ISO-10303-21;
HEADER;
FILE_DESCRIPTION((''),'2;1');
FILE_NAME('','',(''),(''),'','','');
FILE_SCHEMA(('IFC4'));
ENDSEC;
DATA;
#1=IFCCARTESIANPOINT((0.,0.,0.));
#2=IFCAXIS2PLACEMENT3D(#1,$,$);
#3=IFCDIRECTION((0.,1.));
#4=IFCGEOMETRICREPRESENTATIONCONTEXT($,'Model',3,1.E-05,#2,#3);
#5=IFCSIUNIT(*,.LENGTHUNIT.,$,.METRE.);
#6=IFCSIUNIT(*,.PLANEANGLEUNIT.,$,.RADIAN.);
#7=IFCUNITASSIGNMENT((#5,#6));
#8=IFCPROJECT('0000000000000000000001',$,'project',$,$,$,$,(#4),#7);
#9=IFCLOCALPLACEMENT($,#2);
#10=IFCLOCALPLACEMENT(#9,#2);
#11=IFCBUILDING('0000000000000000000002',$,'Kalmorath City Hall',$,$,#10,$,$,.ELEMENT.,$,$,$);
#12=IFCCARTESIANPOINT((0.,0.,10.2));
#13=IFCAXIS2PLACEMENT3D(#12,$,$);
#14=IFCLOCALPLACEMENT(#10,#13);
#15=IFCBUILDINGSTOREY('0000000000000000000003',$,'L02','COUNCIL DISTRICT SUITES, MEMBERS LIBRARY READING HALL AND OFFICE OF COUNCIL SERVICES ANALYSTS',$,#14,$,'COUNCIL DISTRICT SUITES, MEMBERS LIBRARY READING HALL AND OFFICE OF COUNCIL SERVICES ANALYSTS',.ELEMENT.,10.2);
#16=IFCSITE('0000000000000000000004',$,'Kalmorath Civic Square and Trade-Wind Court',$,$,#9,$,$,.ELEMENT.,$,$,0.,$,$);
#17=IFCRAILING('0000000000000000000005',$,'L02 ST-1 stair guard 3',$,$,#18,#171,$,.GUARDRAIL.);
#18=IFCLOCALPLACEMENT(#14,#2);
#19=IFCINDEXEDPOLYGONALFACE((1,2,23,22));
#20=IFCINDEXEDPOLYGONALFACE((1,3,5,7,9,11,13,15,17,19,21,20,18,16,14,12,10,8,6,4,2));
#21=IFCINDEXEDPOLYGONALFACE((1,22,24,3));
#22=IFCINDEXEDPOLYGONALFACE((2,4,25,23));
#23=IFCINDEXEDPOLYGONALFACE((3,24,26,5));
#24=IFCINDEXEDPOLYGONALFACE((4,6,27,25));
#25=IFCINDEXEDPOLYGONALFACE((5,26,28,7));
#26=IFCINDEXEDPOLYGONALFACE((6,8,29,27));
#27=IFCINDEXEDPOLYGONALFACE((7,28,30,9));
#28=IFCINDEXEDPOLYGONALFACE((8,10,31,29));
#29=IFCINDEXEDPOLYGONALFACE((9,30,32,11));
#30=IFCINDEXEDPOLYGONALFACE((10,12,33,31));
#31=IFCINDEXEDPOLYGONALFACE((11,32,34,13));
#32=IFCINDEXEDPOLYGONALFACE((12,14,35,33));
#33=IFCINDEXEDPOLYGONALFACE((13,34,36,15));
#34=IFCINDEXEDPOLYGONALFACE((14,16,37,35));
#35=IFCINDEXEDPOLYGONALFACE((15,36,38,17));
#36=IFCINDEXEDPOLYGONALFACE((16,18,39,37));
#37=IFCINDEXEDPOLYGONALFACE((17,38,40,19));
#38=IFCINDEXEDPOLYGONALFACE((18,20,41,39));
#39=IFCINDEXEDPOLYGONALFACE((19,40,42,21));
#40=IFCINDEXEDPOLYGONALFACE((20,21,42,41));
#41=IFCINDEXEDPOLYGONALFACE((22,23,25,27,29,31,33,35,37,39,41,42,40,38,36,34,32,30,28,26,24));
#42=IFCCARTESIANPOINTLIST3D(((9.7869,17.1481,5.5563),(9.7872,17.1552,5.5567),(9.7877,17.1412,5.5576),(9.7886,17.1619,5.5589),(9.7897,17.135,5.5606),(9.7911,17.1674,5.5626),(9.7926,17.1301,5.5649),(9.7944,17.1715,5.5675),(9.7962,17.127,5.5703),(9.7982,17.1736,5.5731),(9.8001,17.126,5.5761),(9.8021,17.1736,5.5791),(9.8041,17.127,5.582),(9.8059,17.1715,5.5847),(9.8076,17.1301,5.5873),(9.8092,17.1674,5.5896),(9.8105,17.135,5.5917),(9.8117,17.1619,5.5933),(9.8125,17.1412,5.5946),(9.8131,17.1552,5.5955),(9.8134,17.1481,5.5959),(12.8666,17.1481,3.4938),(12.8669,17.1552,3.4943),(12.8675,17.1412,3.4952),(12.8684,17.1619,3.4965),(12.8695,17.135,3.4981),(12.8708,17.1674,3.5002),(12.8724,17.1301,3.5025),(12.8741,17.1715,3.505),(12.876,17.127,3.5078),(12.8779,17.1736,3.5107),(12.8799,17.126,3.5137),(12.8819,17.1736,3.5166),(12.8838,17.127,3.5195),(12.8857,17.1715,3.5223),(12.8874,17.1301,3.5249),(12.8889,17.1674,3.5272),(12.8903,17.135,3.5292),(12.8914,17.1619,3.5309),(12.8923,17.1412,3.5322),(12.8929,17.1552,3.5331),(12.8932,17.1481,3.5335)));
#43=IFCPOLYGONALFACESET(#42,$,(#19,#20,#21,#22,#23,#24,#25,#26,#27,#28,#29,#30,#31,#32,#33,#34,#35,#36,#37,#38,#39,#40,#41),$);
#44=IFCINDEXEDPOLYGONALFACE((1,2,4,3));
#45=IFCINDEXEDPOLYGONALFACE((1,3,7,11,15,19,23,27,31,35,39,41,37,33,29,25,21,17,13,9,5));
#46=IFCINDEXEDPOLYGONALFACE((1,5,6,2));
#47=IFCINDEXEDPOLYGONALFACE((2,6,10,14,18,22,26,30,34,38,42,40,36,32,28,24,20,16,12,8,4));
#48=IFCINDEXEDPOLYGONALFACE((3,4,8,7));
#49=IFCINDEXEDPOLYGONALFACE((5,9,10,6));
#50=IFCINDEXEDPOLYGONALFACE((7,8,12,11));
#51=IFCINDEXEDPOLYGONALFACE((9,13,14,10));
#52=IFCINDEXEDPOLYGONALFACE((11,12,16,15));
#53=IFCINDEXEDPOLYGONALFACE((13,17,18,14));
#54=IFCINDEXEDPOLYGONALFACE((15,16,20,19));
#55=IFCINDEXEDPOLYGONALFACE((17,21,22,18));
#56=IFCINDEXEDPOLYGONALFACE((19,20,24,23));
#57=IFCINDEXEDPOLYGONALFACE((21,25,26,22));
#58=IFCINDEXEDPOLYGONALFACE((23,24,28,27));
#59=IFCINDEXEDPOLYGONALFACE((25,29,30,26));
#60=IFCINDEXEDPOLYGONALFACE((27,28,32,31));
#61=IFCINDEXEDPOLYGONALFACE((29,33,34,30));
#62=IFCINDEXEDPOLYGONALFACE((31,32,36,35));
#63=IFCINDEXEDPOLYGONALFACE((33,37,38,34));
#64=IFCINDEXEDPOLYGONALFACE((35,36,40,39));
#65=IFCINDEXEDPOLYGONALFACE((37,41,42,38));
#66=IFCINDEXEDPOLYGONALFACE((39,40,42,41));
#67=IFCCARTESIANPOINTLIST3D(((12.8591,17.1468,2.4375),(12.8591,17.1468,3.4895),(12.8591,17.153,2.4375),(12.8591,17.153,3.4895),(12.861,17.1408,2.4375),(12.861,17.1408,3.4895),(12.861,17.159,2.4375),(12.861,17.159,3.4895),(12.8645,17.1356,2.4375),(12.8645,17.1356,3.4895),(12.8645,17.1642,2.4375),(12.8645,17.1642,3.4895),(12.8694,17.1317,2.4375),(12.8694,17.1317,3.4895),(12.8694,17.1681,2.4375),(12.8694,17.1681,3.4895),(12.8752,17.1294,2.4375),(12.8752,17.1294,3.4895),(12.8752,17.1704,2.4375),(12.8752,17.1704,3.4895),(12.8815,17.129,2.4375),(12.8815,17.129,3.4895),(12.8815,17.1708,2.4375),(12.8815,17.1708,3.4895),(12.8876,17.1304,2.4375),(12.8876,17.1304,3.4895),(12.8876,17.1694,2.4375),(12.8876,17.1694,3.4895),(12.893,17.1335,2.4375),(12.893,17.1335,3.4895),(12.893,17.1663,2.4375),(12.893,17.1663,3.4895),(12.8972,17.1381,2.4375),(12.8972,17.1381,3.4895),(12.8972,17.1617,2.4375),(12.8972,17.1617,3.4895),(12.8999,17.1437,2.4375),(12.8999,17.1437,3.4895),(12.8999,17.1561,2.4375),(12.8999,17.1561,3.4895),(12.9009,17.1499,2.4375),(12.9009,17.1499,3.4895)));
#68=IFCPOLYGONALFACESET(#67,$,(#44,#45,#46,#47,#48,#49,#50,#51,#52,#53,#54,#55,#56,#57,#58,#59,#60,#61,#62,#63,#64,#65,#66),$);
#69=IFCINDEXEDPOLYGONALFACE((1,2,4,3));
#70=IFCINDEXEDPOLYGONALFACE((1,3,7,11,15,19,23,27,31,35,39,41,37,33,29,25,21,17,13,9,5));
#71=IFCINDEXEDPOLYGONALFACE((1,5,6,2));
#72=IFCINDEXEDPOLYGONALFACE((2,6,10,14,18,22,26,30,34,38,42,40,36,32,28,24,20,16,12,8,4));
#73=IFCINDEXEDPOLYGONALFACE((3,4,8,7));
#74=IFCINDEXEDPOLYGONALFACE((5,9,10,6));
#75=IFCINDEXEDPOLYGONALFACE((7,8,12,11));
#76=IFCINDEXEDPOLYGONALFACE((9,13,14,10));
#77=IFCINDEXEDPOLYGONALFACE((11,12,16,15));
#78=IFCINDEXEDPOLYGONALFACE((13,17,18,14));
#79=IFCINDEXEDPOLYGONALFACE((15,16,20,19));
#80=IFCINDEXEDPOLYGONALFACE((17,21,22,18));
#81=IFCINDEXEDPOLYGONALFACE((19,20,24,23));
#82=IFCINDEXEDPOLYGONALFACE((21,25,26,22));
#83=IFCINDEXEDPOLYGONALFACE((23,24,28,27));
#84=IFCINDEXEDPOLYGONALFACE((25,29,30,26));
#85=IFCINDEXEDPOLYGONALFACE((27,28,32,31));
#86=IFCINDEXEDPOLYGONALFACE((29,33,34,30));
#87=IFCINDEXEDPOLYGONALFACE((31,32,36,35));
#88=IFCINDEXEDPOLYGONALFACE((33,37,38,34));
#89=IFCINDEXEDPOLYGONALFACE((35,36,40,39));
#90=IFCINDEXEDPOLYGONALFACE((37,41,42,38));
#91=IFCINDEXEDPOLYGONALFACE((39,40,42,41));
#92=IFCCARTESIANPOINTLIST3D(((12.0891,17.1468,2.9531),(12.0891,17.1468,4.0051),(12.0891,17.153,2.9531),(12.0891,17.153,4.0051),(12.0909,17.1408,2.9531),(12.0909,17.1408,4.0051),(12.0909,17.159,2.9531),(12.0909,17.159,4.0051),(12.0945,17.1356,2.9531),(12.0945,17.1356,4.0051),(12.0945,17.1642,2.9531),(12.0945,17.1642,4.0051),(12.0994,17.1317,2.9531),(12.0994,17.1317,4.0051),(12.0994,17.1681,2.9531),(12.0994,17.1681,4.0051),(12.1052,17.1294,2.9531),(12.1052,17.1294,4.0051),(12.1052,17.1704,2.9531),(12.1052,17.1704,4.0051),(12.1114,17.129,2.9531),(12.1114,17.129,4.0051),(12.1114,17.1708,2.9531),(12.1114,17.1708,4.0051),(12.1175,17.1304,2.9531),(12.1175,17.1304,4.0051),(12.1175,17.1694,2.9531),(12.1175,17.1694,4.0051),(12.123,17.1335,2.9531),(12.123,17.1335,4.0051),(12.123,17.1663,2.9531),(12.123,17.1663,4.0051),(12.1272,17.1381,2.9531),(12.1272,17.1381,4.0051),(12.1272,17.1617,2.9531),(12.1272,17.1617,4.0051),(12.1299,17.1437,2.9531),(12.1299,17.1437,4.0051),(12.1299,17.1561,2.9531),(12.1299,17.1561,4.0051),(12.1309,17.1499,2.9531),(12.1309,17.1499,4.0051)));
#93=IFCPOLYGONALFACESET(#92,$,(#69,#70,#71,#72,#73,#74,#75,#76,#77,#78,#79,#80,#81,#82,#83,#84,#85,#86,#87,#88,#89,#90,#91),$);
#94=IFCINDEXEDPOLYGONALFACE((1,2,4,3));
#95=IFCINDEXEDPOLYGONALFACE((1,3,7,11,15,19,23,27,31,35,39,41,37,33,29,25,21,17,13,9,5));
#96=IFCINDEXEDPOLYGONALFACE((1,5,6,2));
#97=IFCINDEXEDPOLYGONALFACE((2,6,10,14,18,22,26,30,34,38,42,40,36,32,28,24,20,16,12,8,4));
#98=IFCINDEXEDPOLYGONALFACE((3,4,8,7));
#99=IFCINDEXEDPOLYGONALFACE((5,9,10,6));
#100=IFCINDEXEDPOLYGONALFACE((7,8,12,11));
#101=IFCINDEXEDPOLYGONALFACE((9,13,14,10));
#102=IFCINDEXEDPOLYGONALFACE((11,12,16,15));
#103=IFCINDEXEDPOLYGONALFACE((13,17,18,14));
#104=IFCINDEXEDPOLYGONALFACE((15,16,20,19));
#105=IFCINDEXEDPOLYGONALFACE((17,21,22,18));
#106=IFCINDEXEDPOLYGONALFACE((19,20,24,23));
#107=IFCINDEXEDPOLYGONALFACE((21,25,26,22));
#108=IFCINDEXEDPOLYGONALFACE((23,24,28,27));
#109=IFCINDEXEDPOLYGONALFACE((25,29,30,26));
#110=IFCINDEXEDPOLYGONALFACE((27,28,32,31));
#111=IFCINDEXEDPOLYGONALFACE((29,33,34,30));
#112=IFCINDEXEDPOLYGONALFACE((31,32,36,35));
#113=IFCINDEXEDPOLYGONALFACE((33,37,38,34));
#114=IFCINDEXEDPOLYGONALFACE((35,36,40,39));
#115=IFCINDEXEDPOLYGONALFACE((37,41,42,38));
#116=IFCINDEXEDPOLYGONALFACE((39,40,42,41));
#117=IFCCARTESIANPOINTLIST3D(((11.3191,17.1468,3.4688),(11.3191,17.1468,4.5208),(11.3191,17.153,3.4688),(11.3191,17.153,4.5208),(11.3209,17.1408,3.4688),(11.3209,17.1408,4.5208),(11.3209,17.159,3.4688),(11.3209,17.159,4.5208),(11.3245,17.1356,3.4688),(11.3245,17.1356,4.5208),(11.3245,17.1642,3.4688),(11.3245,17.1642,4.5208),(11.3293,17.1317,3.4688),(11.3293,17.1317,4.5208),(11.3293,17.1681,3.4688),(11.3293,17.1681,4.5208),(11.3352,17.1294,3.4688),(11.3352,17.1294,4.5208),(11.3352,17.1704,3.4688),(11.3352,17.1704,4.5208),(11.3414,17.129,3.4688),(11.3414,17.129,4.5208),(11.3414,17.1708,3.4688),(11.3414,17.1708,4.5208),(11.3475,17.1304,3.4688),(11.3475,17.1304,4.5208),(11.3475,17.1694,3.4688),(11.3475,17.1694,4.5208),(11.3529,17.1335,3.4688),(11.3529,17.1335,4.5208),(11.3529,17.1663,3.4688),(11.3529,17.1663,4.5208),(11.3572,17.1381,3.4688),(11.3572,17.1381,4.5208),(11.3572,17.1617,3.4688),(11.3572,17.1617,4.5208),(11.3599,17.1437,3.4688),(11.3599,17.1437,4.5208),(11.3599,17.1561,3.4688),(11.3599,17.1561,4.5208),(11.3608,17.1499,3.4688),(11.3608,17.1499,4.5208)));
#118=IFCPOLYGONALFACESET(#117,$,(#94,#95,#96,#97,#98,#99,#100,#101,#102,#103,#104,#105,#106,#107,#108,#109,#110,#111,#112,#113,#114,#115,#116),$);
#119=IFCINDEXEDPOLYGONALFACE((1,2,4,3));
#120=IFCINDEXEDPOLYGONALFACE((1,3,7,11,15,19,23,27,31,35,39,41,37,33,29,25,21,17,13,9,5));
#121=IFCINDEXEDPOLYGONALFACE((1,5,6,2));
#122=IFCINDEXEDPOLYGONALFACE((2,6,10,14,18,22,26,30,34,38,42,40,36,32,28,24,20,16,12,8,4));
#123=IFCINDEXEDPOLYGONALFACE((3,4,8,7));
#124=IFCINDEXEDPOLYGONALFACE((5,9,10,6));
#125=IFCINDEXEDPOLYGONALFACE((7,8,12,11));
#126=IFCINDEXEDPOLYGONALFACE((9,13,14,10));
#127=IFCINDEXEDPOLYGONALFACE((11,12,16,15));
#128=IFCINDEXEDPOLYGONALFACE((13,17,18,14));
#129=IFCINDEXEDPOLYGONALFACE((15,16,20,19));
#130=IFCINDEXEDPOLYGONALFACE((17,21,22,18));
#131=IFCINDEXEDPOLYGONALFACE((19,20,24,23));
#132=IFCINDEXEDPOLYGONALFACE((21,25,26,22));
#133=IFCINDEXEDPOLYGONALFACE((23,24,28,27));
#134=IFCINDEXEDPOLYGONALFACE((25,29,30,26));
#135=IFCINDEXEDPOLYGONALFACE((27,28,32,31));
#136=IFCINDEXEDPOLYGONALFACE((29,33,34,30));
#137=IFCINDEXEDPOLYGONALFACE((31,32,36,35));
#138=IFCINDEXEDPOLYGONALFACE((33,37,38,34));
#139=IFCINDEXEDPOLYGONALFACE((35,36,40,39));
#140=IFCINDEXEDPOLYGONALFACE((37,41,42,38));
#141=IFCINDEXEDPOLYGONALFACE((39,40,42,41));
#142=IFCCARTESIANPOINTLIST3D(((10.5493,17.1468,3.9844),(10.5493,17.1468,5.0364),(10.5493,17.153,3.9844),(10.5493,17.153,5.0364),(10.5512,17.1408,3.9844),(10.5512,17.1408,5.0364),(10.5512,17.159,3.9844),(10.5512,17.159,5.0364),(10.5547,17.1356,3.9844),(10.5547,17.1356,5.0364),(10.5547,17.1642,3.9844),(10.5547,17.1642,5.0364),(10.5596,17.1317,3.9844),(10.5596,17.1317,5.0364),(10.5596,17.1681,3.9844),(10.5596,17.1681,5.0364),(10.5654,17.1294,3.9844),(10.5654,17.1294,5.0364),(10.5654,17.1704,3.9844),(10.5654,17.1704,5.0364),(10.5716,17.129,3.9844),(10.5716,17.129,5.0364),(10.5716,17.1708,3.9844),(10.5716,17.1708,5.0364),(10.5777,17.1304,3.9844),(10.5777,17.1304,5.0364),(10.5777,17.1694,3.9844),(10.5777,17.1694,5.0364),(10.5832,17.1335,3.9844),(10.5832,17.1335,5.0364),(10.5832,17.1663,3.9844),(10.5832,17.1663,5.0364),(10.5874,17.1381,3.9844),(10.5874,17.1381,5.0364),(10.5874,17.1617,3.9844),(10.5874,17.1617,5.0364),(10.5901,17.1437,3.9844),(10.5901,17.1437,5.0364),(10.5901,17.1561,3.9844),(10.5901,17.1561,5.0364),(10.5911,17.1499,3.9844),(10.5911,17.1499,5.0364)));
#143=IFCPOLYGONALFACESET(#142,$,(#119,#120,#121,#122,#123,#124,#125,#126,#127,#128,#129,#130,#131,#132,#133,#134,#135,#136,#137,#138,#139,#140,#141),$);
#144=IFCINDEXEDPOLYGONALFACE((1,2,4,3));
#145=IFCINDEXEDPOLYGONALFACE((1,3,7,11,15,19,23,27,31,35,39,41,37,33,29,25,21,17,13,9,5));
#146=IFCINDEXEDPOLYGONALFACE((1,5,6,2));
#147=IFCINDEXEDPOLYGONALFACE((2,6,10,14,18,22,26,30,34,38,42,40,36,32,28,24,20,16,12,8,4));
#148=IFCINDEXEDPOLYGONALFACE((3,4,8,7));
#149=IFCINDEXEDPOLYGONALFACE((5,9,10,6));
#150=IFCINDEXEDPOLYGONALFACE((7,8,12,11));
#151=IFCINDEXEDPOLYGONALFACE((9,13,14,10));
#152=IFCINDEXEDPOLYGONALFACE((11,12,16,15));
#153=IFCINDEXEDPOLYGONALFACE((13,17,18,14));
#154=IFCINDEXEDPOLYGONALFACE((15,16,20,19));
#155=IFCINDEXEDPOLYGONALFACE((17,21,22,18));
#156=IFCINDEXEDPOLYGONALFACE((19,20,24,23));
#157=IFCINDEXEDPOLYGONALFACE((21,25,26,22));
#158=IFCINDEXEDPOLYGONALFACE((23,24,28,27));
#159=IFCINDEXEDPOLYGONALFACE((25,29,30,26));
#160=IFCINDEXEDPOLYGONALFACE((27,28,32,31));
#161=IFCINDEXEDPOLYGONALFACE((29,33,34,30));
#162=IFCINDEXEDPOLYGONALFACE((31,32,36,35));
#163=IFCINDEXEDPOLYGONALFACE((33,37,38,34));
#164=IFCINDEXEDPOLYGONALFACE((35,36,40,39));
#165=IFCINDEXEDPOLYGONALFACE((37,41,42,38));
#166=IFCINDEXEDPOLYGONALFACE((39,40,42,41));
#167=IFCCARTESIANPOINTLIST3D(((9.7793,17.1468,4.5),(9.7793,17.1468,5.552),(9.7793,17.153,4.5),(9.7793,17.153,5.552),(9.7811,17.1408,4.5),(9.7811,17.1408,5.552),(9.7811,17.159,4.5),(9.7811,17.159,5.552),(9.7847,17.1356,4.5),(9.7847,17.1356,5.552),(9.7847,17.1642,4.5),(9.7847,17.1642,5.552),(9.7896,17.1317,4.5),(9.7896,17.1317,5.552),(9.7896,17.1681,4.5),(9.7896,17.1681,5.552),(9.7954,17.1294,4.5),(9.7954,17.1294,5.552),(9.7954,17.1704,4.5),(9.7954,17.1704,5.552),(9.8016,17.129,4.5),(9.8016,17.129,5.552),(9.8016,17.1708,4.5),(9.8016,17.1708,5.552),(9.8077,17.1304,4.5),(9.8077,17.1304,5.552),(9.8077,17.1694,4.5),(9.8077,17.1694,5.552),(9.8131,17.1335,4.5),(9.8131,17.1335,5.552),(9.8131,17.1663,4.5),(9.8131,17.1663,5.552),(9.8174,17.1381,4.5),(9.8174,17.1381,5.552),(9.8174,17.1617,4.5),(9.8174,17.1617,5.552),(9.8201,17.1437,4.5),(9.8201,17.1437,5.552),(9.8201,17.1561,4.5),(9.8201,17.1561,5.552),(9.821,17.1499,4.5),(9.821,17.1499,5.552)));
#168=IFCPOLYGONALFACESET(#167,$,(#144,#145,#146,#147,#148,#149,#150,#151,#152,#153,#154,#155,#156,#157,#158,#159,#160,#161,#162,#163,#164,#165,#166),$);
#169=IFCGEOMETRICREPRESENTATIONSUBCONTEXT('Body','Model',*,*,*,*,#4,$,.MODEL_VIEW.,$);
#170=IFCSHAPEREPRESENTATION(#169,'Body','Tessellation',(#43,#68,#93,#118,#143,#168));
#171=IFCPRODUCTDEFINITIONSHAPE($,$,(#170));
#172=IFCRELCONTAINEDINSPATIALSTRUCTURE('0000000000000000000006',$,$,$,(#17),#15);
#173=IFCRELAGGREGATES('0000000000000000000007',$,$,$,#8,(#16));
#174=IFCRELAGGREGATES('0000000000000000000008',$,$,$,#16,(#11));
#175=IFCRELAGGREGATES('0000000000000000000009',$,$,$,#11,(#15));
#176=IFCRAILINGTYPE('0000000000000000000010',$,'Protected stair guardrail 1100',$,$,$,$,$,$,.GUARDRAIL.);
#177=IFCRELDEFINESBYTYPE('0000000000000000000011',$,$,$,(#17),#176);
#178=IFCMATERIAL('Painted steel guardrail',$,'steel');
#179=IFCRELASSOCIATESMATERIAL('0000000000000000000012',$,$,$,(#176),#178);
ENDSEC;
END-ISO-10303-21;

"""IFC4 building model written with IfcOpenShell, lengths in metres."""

from ifc_helpers import new_model, si_unit, direction, frame, origin, origin_2d, place, context, subcontext, project, spatial, circle, extrude, material, type_object, element, save


model = new_model("IFC4")

# Units and contexts
model_context = context("Model", 3, precision=1e-05, world=origin(), true_north=direction((0.0, 1.0)))
body_context = subcontext(model_context, "Body", "Model", "MODEL_VIEW")
ifc_project = project(units=[si_unit("LENGTHUNIT", "METRE"), si_unit("PLANEANGLEUNIT", "RADIAN")], contexts=[model_context])

# Site, building, storey
site_placement = place(None, origin())
site = spatial("IfcSite", under=ifc_project, at=site_placement, Name="Kalmorath Civic Square and Trade-Wind Court", CompositionType="ELEMENT", RefElevation=0.0)
building_placement = place(site_placement, origin())
building = spatial("IfcBuilding", under=site, at=building_placement, Name="Kalmorath City Hall", CompositionType="ELEMENT")
storey_placement = place(building_placement, frame((0.0, 0.0, 10.2)))
storey = spatial("IfcBuildingStorey", under=building, at=storey_placement, Name="L02", Description="COUNCIL DISTRICT SUITES, MEMBERS LIBRARY READING HALL AND OFFICE OF COUNCIL SERVICES ANALYSTS", LongName="COUNCIL DISTRICT SUITES, MEMBERS LIBRARY READING HALL AND OFFICE OF COUNCIL SERVICES ANALYSTS", CompositionType="ELEMENT", Elevation=10.2)

# Railing
ifc_material_1 = material(Name="Painted steel guardrail", Category="steel")
railing_type_1 = type_object("IfcRailingType", Name="Protected stair guardrail 1100", PredefinedType="GUARDRAIL", material=ifc_material_1)
railing_1_placement = place(storey_placement, frame((12.8799, 17.1499, 2.4375)))
element("IfcRailing", 1, at=railing_1_placement, inside=storey, type_object=railing_type_1, Name="L02 ST-1 stair guard 3", PredefinedType="GUARDRAIL", context=body_context, shape_type="SweptSolid", body=[
    extrude(circle(Radius=0.0239, at=origin_2d()), frame((0.0, 0.0, 1.0762), z_axis=(-0.830893, 0.0, 0.556432), x_axis=(0.0, -1.0, 0.0)), (0.0, 0.0, 1.0), 3.7065),
    extrude(circle(Radius=0.021, at=origin_2d()), origin(), (0.0, 0.0, 1.0), 1.052),
    extrude(circle(Radius=0.021, at=origin_2d()), frame((-0.77, 0.0, 0.5156)), (0.0, 0.0, 1.0), 1.052),
    extrude(circle(Radius=0.021, at=origin_2d()), frame((-1.54, 0.0, 1.0312)), (0.0, 0.0, 1.0), 1.052),
    extrude(circle(Radius=0.021, at=origin_2d()), frame((-2.3098, 0.0, 1.5469)), (0.0, 0.0, 1.0), 1.052),
    extrude(circle(Radius=0.021, at=origin_2d()), frame((-3.0798, 0.0, 2.0625)), (0.0, 0.0, 1.0), 1.052),
])

save(model, "model.ifc")
